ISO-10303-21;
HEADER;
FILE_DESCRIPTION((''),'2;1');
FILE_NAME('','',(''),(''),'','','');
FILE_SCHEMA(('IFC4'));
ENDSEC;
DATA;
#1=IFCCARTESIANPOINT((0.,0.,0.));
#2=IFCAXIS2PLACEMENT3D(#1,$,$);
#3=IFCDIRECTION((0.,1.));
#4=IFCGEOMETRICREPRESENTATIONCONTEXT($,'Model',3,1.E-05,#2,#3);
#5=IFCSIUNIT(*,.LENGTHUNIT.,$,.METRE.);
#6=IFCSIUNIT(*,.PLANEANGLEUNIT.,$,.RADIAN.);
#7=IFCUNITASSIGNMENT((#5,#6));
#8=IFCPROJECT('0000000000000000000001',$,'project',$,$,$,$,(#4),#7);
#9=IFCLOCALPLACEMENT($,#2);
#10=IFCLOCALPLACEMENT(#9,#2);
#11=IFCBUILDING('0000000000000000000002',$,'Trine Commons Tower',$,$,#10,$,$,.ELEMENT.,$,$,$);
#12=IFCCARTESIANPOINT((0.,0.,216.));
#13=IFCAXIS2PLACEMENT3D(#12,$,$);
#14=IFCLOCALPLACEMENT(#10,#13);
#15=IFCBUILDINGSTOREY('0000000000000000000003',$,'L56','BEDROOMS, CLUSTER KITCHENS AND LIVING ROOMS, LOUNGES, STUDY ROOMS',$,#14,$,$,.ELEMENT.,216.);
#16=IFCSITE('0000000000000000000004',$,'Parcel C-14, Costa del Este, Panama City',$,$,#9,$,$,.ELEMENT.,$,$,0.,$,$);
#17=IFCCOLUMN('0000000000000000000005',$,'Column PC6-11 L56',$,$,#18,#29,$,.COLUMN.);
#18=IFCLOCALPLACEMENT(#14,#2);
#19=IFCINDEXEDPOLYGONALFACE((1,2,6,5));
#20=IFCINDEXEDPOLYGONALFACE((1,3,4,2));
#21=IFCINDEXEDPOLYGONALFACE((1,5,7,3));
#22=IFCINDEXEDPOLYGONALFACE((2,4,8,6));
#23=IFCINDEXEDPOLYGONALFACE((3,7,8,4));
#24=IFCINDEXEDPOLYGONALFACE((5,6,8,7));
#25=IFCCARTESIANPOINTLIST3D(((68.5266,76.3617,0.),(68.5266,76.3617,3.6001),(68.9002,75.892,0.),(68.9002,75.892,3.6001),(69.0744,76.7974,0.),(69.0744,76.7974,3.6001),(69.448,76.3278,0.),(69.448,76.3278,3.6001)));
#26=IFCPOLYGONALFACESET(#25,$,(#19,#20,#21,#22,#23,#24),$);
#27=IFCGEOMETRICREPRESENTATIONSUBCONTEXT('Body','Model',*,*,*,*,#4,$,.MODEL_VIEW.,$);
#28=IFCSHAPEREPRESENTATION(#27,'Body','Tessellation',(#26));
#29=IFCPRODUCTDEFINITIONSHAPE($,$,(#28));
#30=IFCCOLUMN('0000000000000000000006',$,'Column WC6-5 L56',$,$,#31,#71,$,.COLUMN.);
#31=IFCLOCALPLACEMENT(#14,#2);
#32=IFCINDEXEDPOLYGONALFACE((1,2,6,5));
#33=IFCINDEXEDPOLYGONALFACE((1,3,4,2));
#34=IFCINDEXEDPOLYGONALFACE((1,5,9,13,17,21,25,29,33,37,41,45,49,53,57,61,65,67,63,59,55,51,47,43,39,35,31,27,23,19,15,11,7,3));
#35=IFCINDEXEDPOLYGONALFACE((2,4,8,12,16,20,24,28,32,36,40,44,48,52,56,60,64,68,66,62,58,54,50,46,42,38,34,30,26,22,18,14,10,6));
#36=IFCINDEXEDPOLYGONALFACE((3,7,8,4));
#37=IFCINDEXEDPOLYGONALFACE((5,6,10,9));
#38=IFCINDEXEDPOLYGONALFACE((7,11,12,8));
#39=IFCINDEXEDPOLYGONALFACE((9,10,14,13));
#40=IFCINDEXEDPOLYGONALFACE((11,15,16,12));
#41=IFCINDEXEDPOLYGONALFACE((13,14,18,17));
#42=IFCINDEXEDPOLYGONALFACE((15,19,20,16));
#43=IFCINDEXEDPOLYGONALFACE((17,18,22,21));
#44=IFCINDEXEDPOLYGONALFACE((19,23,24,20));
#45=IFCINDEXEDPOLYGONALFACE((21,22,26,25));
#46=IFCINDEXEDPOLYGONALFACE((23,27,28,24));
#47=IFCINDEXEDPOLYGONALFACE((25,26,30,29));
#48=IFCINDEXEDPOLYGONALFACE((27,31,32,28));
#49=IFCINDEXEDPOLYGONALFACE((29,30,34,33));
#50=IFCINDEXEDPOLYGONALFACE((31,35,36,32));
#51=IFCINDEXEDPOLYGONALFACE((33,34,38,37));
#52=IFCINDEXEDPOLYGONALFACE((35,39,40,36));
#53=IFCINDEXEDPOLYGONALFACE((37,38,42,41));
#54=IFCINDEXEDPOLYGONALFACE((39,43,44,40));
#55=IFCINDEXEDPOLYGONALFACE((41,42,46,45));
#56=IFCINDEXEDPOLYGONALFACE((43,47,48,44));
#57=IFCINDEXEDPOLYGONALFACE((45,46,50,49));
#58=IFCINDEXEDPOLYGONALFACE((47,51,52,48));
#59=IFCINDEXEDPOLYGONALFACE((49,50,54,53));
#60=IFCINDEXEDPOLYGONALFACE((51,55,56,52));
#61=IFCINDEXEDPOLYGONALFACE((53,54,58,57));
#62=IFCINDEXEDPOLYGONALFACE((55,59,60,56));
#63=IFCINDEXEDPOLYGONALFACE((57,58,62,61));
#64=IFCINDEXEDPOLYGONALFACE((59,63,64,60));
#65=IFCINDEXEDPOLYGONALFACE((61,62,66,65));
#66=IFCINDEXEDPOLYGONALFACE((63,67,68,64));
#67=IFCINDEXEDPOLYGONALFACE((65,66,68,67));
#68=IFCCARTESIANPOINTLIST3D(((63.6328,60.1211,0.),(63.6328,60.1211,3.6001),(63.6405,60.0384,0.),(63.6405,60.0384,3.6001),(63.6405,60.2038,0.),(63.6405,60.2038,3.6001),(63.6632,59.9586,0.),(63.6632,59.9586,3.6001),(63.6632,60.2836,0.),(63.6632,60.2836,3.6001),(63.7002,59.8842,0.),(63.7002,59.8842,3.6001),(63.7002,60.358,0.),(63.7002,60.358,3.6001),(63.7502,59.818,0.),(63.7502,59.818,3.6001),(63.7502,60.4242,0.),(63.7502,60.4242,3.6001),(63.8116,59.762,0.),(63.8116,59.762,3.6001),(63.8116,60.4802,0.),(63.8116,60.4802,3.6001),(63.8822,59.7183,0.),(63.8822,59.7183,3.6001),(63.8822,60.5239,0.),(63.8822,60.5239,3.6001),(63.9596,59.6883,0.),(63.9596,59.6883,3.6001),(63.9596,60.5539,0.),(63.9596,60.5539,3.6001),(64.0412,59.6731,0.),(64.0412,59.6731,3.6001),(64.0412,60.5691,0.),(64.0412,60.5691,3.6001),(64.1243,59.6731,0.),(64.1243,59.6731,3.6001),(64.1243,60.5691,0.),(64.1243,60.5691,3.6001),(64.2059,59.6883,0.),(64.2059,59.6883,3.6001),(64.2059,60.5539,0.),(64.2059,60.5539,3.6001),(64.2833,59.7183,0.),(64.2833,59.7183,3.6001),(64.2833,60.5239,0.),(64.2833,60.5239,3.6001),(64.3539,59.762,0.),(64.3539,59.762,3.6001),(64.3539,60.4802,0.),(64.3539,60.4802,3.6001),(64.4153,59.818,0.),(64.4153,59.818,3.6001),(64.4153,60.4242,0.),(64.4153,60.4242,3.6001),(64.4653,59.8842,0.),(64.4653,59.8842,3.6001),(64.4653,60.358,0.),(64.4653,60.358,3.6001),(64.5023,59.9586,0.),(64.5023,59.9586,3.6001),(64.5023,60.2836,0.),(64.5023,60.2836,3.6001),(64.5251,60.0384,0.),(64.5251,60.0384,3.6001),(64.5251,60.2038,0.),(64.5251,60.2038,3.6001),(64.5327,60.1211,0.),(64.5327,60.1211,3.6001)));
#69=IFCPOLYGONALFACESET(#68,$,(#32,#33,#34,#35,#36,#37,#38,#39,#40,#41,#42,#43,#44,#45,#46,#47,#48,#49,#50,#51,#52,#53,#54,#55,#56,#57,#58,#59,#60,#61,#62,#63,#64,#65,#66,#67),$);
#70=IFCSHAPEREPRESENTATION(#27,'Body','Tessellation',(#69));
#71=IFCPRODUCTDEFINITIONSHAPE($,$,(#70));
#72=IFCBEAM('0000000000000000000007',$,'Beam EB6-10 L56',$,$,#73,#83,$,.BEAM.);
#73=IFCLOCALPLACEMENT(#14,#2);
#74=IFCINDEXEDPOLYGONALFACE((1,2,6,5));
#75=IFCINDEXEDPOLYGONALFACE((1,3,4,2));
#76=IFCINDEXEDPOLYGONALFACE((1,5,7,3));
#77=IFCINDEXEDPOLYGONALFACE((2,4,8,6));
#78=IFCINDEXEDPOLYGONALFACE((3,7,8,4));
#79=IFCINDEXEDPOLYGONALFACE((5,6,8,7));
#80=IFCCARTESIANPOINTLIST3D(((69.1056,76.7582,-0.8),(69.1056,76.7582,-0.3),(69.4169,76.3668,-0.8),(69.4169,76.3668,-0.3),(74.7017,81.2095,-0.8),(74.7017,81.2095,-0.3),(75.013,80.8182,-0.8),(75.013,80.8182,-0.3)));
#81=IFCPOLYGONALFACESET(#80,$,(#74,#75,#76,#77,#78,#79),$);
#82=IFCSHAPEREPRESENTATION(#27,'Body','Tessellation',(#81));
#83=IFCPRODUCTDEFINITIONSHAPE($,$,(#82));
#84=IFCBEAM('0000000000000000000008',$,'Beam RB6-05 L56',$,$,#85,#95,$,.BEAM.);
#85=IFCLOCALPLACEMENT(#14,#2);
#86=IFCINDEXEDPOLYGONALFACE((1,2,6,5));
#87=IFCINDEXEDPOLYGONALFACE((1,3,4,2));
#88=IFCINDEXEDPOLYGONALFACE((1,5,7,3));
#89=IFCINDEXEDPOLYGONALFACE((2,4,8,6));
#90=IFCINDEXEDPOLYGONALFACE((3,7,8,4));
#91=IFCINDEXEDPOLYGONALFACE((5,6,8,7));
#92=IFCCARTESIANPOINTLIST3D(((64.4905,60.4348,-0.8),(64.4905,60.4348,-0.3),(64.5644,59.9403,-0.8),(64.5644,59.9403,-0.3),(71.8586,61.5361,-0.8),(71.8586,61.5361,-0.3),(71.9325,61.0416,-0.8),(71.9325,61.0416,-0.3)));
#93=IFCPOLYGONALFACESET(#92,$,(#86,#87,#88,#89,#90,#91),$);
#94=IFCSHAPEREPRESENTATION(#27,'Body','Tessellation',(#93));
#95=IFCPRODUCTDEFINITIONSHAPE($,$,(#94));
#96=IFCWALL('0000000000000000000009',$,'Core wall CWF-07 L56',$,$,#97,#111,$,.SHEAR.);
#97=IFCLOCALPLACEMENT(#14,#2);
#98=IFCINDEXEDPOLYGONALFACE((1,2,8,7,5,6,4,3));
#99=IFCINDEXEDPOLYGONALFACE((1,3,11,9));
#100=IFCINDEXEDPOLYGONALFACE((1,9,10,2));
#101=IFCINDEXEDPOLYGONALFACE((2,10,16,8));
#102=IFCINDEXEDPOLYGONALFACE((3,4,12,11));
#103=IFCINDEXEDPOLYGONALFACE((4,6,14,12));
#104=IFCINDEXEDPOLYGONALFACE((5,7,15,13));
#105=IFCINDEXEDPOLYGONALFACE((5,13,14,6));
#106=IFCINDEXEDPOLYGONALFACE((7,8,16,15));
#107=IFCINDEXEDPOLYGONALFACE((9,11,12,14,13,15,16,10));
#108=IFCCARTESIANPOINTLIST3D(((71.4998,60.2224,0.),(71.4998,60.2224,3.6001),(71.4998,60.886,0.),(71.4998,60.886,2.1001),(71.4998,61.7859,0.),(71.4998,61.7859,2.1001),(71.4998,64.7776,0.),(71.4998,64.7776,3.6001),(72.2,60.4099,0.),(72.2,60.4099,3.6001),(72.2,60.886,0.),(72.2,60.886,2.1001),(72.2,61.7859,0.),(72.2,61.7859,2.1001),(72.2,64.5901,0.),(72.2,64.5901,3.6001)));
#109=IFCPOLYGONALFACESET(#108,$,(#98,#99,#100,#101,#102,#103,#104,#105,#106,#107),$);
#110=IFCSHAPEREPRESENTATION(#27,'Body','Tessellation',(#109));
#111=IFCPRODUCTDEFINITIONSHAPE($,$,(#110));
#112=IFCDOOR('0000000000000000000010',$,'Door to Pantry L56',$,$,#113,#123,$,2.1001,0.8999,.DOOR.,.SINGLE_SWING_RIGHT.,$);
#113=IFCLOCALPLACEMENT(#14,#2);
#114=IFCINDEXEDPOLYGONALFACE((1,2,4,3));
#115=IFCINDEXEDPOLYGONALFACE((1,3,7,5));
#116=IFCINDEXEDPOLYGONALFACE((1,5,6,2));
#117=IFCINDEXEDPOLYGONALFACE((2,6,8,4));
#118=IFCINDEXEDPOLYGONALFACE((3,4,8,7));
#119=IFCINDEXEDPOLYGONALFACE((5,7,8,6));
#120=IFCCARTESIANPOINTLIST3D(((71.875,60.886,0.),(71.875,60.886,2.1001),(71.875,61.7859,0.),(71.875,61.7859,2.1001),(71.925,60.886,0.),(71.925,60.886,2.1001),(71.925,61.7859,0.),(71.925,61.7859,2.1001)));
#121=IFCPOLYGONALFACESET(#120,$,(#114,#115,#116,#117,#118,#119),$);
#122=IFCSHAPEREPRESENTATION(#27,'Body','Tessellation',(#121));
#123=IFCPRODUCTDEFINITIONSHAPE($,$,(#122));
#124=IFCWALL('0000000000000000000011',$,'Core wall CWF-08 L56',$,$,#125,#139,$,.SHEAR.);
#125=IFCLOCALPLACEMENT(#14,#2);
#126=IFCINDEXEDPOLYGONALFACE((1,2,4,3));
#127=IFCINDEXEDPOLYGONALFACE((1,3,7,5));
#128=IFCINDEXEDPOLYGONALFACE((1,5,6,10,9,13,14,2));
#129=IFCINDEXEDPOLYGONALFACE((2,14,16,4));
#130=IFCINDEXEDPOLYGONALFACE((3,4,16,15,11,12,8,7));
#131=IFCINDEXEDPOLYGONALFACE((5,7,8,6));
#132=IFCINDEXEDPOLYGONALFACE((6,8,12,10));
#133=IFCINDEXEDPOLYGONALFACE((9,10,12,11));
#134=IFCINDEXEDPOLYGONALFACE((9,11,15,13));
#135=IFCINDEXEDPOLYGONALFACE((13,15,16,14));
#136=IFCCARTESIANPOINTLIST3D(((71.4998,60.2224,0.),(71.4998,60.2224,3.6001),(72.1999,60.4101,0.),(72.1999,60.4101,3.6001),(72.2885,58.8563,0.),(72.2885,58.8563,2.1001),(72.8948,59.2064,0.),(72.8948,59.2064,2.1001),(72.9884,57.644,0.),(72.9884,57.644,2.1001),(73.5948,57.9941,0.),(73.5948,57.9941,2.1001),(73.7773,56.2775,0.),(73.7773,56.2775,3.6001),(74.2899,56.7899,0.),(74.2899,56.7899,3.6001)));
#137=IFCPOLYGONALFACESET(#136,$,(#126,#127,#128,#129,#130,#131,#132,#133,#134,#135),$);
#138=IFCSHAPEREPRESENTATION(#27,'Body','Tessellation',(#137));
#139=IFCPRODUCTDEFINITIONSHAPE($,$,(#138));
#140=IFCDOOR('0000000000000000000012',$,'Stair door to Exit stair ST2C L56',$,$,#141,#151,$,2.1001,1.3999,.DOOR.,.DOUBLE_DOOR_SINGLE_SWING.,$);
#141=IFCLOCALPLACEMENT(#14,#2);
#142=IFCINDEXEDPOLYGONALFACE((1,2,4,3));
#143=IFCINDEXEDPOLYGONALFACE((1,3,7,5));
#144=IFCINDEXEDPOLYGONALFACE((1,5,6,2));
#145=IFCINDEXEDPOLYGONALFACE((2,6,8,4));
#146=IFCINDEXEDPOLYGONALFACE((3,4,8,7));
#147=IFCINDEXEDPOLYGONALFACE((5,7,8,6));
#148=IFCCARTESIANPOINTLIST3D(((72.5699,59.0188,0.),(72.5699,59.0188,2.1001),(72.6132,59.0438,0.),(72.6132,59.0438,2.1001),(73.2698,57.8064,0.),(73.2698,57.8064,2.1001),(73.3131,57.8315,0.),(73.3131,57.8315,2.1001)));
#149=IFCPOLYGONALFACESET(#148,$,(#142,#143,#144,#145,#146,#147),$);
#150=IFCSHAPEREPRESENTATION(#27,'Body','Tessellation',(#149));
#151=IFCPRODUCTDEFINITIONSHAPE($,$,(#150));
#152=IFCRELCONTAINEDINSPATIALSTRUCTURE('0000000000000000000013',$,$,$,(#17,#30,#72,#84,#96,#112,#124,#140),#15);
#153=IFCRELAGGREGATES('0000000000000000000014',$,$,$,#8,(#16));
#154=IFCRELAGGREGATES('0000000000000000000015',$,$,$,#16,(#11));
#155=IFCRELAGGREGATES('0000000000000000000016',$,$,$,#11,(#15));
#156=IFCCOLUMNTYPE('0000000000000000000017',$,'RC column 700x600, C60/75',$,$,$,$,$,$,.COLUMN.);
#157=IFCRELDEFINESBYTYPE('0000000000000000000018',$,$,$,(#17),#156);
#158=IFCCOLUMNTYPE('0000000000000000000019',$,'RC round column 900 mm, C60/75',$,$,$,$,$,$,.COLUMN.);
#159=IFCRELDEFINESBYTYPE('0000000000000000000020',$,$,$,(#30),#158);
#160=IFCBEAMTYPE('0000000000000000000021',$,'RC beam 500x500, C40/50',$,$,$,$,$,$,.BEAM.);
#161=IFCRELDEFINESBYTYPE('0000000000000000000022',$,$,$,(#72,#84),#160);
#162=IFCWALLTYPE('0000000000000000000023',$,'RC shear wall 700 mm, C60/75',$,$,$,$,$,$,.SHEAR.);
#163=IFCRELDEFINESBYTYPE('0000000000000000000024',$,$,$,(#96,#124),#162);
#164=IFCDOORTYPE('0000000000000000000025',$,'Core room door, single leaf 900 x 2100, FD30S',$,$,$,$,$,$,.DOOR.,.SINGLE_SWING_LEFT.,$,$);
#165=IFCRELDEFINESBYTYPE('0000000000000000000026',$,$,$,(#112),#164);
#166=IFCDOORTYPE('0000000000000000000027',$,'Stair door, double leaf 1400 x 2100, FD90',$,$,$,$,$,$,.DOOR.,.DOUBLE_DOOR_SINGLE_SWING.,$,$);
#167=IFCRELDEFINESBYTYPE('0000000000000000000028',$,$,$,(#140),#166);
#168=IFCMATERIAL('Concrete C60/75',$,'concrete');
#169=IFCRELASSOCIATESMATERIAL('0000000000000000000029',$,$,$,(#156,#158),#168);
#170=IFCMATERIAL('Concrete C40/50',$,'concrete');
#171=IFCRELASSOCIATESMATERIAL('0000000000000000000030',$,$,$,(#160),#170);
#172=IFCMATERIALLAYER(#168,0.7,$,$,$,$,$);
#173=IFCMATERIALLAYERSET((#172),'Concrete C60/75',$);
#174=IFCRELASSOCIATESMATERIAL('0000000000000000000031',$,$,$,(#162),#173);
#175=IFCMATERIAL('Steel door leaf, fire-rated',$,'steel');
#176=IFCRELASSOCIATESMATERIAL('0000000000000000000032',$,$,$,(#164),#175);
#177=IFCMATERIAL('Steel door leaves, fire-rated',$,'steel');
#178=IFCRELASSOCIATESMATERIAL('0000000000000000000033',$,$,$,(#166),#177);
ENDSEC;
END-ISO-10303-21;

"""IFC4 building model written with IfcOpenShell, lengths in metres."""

from ifc_helpers import new_model, si_unit, direction, frame, frame_2d, origin, origin_2d, place, context, subcontext, project, spatial, polyline, rectangle, circle, outline, extrude, material, layer, layer_set, material_profile, profile_set, type_object, element, fill, save


model = new_model("IFC4")

# Units and contexts
model_context = context("Model", 3, precision=1e-05, world=origin(), true_north=direction((0.0, 1.0)))
body_context = subcontext(model_context, "Body", "Model", "MODEL_VIEW")
ifc_project = project(units=[si_unit("LENGTHUNIT", "METRE"), si_unit("PLANEANGLEUNIT", "RADIAN")], contexts=[model_context])

# Site, building, storey
site_placement = place(None, origin())
site = spatial("IfcSite", under=ifc_project, at=site_placement, Name="Parcel C-14, Costa del Este, Panama City", CompositionType="ELEMENT", RefElevation=0.0)
building_placement = place(site_placement, origin())
building = spatial("IfcBuilding", under=site, at=building_placement, Name="Trine Commons Tower", CompositionType="ELEMENT")
storey_placement = place(building_placement, frame((0.0, 0.0, 216.0)))
storey = spatial("IfcBuildingStorey", under=building, at=storey_placement, Name="L56", Description="BEDROOMS, CLUSTER KITCHENS AND LIVING ROOMS, LOUNGES, STUDY ROOMS", CompositionType="ELEMENT", Elevation=216.0)

# Columns
ifc_material_1 = material(Name="Concrete C60/75", Category="concrete")
ifc_material_profile_1 = material_profile(ifc_material_1, rectangle(XDim=0.7, YDim=0.6001, at=origin_2d()), Name="RC 700x600")
ifc_profile_set_1 = profile_set([ifc_material_profile_1], Name="Concrete C60/75")
column_type_1 = type_object("IfcColumnType", Name="RC column 700x600, C60/75", PredefinedType="COLUMN", material=ifc_profile_set_1)
column_1_placement = place(storey_placement, frame((68.9873, 76.3447, 0.0), z_axis=(0.0, 0.0, 1.0), x_axis=(0.782608, 0.622515, 0.0)))
element("IfcColumn", 1, at=column_1_placement, inside=storey, type_object=column_type_1, Name="Column PC6-11 L56", PredefinedType="COLUMN", context=body_context, shape_type="SweptSolid", body=[
    extrude(rectangle(XDim=0.7, YDim=0.6001, at=origin_2d()), origin(), (0.0, 0.0, 1.0), 3.6001),
])
ifc_material_profile_2 = material_profile(ifc_material_1, circle(Radius=0.45, at=origin_2d()), Name="RC round 900")
ifc_profile_set_2 = profile_set([ifc_material_profile_2], Name="Concrete C60/75")
column_type_2 = type_object("IfcColumnType", Name="RC round column 900 mm, C60/75", PredefinedType="COLUMN", material=ifc_profile_set_2)
column_2_placement = place(storey_placement, frame((64.0828, 60.1211, 0.0), z_axis=(0.0, 0.0, 1.0), x_axis=(1.0, 0.0, 0.0)))
element("IfcColumn", 2, at=column_2_placement, inside=storey, type_object=column_type_2, Name="Column WC6-5 L56", PredefinedType="COLUMN", context=body_context, shape_type="SweptSolid", body=[
    extrude(circle(Radius=0.45, at=origin_2d()), origin(), (0.0, 0.0, 1.0), 3.6001),
])

# Beams
ifc_material_2 = material(Name="Concrete C40/50", Category="concrete")
ifc_material_profile_3 = material_profile(ifc_material_2, rectangle(XDim=0.5, YDim=0.5, at=origin_2d()), Name="RC 500x500")
ifc_profile_set_3 = profile_set([ifc_material_profile_3], Name="Concrete C40/50")
beam_type = type_object("IfcBeamType", Name="RC beam 500x500, C40/50", PredefinedType="BEAM", material=ifc_profile_set_3)
beam_1_placement = place(storey_placement, frame((69.2612, 76.5625, -0.55), z_axis=(0.782608, 0.622515, 0.0), x_axis=(-0.622515, 0.782608, 0.0)))
element("IfcBeam", 3, at=beam_1_placement, inside=storey, type_object=beam_type, Name="Beam EB6-10 L56", PredefinedType="BEAM", context=body_context, shape_type="SweptSolid", body=[
    extrude(rectangle(XDim=0.5, YDim=0.5, at=origin_2d()), origin(), (0.0, 0.0, 1.0), 7.1506),
])
beam_2_placement = place(storey_placement, frame((71.8955, 61.2888, -0.55), z_axis=(-0.989013, -0.147828, 0.0), x_axis=(0.147828, -0.989013, 0.0)))
element("IfcBeam", 4, at=beam_2_placement, inside=storey, type_object=beam_type, Name="Beam RB6-05 L56", PredefinedType="BEAM", context=body_context, shape_type="SweptSolid", body=[
    extrude(rectangle(XDim=0.5, YDim=0.5, at=origin_2d()), origin(), (0.0, 0.0, 1.0), 7.45),
])

# Walls, openings, doors
ifc_layer_1 = layer(ifc_material_1, 0.7)
ifc_layer_set_1 = layer_set([ifc_layer_1], Name="Concrete C60/75")
wall_type_1 = type_object("IfcWallType", Name="RC shear wall 700 mm, C60/75", PredefinedType="SHEAR", material=ifc_layer_set_1)
wall_1_placement = place(storey_placement, frame((71.8499, 64.7776, 0.0), z_axis=(0.0, 0.0, 1.0), x_axis=(0.0, -1.0, 0.0)))
wall_1 = element("IfcWall", 5, at=wall_1_placement, inside=storey, type_object=wall_type_1, Name="Core wall CWF-07 L56", PredefinedType="SHEAR", context=body_context, shape_type="SweptSolid", body=[
    extrude(outline(polyline([(0.0, -0.3501), (4.5552, -0.3501), (4.3677, 0.3501), (0.1875, 0.3501), (0.0, -0.3501)])), origin(), (0.0, 0.0, 1.0), 3.6001),
])
opening_1_placement = place(wall_1_placement, frame((2.9917, 0.0, 0.0)))
opening_1 = element("IfcOpeningElement", 6, at=opening_1_placement, cuts=wall_1, PredefinedType="OPENING", context=body_context, shape_type="SweptSolid", body=[
    extrude(rectangle(XDim=0.8999, YDim=2.1001, at=frame_2d((0.45, 1.05))), frame((0.0, 0.3599, 0.0), z_axis=(0.0, -1.0, 0.0), x_axis=(1.0, 0.0, 0.0)), (0.0, 0.0, 1.0), 0.72),
])
ifc_material_3 = material(Name="Steel door leaf, fire-rated", Category="steel")
door_type_1 = type_object("IfcDoorType", Name="Core room door, single leaf 900 x 2100, FD30S", OperationType="SINGLE_SWING_LEFT", PredefinedType="DOOR", material=ifc_material_3)
door_1_placement = place(opening_1_placement, origin())
door_1 = element("IfcDoor", 7, at=door_1_placement, inside=storey, type_object=door_type_1, Name="Door to Pantry L56", OperationType="SINGLE_SWING_RIGHT", OverallHeight=2.1001, OverallWidth=0.8999, PredefinedType="DOOR", context=body_context, shape_type="SweptSolid", body=[
    extrude(rectangle(XDim=0.8999, YDim=2.1001, at=frame_2d((0.45, 1.05))), frame((0.0, 0.0752, 0.0), z_axis=(0.0, -1.0, 0.0), x_axis=(1.0, 0.0, 0.0)), (0.0, 0.0, 1.0), 0.05),
])
fill(opening_1, door_1)
wall_2_placement = place(storey_placement, frame((71.803, 60.3975, 0.0), z_axis=(0.0, 0.0, 1.0), x_axis=(0.499984, -0.866035, 0.0)))
wall_2 = element("IfcWall", 8, at=wall_2_placement, inside=storey, type_object=wall_type_1, Name="Core wall CWF-08 L56", PredefinedType="SHEAR", context=body_context, shape_type="SweptSolid", body=[
    extrude(outline(polyline([(0.0, -0.3501), (4.5552, -0.3501), (4.3677, 0.3501), (0.1875, 0.3501), (0.0, -0.3501)])), origin(), (0.0, 0.0, 1.0), 3.6001),
])
opening_2_placement = place(wall_2_placement, frame((1.5774, 0.0, 0.0)))
opening_2 = element("IfcOpeningElement", 9, at=opening_2_placement, cuts=wall_2, PredefinedType="OPENING", context=body_context, shape_type="SweptSolid", body=[
    extrude(rectangle(XDim=1.3999, YDim=2.1001, at=frame_2d((0.7, 1.05))), frame((0.0, 0.3599, 0.0), z_axis=(0.0, -1.0, 0.0), x_axis=(1.0, 0.0, 0.0)), (0.0, 0.0, 1.0), 0.72),
])
ifc_material_4 = material(Name="Steel door leaves, fire-rated", Category="steel")
door_type_2 = type_object("IfcDoorType", Name="Stair door, double leaf 1400 x 2100, FD90", OperationType="DOUBLE_DOOR_SINGLE_SWING", PredefinedType="DOOR", material=ifc_material_4)
door_2_placement = place(opening_2_placement, origin())
door_2 = element("IfcDoor", 10, at=door_2_placement, inside=storey, type_object=door_type_2, Name="Stair door to Exit stair ST2C L56", OperationType="DOUBLE_DOOR_SINGLE_SWING", OverallHeight=2.1001, OverallWidth=1.3999, PredefinedType="DOOR", context=body_context, shape_type="SweptSolid", body=[
    extrude(rectangle(XDim=1.3999, YDim=2.1001, at=frame_2d((0.7, 1.05))), frame((0.0, 0.0249, 0.0), z_axis=(0.0, -1.0, 0.0), x_axis=(1.0, 0.0, 0.0)), (0.0, 0.0, 1.0), 0.05),
])
fill(opening_2, door_2)

save(model, "model.ifc")
